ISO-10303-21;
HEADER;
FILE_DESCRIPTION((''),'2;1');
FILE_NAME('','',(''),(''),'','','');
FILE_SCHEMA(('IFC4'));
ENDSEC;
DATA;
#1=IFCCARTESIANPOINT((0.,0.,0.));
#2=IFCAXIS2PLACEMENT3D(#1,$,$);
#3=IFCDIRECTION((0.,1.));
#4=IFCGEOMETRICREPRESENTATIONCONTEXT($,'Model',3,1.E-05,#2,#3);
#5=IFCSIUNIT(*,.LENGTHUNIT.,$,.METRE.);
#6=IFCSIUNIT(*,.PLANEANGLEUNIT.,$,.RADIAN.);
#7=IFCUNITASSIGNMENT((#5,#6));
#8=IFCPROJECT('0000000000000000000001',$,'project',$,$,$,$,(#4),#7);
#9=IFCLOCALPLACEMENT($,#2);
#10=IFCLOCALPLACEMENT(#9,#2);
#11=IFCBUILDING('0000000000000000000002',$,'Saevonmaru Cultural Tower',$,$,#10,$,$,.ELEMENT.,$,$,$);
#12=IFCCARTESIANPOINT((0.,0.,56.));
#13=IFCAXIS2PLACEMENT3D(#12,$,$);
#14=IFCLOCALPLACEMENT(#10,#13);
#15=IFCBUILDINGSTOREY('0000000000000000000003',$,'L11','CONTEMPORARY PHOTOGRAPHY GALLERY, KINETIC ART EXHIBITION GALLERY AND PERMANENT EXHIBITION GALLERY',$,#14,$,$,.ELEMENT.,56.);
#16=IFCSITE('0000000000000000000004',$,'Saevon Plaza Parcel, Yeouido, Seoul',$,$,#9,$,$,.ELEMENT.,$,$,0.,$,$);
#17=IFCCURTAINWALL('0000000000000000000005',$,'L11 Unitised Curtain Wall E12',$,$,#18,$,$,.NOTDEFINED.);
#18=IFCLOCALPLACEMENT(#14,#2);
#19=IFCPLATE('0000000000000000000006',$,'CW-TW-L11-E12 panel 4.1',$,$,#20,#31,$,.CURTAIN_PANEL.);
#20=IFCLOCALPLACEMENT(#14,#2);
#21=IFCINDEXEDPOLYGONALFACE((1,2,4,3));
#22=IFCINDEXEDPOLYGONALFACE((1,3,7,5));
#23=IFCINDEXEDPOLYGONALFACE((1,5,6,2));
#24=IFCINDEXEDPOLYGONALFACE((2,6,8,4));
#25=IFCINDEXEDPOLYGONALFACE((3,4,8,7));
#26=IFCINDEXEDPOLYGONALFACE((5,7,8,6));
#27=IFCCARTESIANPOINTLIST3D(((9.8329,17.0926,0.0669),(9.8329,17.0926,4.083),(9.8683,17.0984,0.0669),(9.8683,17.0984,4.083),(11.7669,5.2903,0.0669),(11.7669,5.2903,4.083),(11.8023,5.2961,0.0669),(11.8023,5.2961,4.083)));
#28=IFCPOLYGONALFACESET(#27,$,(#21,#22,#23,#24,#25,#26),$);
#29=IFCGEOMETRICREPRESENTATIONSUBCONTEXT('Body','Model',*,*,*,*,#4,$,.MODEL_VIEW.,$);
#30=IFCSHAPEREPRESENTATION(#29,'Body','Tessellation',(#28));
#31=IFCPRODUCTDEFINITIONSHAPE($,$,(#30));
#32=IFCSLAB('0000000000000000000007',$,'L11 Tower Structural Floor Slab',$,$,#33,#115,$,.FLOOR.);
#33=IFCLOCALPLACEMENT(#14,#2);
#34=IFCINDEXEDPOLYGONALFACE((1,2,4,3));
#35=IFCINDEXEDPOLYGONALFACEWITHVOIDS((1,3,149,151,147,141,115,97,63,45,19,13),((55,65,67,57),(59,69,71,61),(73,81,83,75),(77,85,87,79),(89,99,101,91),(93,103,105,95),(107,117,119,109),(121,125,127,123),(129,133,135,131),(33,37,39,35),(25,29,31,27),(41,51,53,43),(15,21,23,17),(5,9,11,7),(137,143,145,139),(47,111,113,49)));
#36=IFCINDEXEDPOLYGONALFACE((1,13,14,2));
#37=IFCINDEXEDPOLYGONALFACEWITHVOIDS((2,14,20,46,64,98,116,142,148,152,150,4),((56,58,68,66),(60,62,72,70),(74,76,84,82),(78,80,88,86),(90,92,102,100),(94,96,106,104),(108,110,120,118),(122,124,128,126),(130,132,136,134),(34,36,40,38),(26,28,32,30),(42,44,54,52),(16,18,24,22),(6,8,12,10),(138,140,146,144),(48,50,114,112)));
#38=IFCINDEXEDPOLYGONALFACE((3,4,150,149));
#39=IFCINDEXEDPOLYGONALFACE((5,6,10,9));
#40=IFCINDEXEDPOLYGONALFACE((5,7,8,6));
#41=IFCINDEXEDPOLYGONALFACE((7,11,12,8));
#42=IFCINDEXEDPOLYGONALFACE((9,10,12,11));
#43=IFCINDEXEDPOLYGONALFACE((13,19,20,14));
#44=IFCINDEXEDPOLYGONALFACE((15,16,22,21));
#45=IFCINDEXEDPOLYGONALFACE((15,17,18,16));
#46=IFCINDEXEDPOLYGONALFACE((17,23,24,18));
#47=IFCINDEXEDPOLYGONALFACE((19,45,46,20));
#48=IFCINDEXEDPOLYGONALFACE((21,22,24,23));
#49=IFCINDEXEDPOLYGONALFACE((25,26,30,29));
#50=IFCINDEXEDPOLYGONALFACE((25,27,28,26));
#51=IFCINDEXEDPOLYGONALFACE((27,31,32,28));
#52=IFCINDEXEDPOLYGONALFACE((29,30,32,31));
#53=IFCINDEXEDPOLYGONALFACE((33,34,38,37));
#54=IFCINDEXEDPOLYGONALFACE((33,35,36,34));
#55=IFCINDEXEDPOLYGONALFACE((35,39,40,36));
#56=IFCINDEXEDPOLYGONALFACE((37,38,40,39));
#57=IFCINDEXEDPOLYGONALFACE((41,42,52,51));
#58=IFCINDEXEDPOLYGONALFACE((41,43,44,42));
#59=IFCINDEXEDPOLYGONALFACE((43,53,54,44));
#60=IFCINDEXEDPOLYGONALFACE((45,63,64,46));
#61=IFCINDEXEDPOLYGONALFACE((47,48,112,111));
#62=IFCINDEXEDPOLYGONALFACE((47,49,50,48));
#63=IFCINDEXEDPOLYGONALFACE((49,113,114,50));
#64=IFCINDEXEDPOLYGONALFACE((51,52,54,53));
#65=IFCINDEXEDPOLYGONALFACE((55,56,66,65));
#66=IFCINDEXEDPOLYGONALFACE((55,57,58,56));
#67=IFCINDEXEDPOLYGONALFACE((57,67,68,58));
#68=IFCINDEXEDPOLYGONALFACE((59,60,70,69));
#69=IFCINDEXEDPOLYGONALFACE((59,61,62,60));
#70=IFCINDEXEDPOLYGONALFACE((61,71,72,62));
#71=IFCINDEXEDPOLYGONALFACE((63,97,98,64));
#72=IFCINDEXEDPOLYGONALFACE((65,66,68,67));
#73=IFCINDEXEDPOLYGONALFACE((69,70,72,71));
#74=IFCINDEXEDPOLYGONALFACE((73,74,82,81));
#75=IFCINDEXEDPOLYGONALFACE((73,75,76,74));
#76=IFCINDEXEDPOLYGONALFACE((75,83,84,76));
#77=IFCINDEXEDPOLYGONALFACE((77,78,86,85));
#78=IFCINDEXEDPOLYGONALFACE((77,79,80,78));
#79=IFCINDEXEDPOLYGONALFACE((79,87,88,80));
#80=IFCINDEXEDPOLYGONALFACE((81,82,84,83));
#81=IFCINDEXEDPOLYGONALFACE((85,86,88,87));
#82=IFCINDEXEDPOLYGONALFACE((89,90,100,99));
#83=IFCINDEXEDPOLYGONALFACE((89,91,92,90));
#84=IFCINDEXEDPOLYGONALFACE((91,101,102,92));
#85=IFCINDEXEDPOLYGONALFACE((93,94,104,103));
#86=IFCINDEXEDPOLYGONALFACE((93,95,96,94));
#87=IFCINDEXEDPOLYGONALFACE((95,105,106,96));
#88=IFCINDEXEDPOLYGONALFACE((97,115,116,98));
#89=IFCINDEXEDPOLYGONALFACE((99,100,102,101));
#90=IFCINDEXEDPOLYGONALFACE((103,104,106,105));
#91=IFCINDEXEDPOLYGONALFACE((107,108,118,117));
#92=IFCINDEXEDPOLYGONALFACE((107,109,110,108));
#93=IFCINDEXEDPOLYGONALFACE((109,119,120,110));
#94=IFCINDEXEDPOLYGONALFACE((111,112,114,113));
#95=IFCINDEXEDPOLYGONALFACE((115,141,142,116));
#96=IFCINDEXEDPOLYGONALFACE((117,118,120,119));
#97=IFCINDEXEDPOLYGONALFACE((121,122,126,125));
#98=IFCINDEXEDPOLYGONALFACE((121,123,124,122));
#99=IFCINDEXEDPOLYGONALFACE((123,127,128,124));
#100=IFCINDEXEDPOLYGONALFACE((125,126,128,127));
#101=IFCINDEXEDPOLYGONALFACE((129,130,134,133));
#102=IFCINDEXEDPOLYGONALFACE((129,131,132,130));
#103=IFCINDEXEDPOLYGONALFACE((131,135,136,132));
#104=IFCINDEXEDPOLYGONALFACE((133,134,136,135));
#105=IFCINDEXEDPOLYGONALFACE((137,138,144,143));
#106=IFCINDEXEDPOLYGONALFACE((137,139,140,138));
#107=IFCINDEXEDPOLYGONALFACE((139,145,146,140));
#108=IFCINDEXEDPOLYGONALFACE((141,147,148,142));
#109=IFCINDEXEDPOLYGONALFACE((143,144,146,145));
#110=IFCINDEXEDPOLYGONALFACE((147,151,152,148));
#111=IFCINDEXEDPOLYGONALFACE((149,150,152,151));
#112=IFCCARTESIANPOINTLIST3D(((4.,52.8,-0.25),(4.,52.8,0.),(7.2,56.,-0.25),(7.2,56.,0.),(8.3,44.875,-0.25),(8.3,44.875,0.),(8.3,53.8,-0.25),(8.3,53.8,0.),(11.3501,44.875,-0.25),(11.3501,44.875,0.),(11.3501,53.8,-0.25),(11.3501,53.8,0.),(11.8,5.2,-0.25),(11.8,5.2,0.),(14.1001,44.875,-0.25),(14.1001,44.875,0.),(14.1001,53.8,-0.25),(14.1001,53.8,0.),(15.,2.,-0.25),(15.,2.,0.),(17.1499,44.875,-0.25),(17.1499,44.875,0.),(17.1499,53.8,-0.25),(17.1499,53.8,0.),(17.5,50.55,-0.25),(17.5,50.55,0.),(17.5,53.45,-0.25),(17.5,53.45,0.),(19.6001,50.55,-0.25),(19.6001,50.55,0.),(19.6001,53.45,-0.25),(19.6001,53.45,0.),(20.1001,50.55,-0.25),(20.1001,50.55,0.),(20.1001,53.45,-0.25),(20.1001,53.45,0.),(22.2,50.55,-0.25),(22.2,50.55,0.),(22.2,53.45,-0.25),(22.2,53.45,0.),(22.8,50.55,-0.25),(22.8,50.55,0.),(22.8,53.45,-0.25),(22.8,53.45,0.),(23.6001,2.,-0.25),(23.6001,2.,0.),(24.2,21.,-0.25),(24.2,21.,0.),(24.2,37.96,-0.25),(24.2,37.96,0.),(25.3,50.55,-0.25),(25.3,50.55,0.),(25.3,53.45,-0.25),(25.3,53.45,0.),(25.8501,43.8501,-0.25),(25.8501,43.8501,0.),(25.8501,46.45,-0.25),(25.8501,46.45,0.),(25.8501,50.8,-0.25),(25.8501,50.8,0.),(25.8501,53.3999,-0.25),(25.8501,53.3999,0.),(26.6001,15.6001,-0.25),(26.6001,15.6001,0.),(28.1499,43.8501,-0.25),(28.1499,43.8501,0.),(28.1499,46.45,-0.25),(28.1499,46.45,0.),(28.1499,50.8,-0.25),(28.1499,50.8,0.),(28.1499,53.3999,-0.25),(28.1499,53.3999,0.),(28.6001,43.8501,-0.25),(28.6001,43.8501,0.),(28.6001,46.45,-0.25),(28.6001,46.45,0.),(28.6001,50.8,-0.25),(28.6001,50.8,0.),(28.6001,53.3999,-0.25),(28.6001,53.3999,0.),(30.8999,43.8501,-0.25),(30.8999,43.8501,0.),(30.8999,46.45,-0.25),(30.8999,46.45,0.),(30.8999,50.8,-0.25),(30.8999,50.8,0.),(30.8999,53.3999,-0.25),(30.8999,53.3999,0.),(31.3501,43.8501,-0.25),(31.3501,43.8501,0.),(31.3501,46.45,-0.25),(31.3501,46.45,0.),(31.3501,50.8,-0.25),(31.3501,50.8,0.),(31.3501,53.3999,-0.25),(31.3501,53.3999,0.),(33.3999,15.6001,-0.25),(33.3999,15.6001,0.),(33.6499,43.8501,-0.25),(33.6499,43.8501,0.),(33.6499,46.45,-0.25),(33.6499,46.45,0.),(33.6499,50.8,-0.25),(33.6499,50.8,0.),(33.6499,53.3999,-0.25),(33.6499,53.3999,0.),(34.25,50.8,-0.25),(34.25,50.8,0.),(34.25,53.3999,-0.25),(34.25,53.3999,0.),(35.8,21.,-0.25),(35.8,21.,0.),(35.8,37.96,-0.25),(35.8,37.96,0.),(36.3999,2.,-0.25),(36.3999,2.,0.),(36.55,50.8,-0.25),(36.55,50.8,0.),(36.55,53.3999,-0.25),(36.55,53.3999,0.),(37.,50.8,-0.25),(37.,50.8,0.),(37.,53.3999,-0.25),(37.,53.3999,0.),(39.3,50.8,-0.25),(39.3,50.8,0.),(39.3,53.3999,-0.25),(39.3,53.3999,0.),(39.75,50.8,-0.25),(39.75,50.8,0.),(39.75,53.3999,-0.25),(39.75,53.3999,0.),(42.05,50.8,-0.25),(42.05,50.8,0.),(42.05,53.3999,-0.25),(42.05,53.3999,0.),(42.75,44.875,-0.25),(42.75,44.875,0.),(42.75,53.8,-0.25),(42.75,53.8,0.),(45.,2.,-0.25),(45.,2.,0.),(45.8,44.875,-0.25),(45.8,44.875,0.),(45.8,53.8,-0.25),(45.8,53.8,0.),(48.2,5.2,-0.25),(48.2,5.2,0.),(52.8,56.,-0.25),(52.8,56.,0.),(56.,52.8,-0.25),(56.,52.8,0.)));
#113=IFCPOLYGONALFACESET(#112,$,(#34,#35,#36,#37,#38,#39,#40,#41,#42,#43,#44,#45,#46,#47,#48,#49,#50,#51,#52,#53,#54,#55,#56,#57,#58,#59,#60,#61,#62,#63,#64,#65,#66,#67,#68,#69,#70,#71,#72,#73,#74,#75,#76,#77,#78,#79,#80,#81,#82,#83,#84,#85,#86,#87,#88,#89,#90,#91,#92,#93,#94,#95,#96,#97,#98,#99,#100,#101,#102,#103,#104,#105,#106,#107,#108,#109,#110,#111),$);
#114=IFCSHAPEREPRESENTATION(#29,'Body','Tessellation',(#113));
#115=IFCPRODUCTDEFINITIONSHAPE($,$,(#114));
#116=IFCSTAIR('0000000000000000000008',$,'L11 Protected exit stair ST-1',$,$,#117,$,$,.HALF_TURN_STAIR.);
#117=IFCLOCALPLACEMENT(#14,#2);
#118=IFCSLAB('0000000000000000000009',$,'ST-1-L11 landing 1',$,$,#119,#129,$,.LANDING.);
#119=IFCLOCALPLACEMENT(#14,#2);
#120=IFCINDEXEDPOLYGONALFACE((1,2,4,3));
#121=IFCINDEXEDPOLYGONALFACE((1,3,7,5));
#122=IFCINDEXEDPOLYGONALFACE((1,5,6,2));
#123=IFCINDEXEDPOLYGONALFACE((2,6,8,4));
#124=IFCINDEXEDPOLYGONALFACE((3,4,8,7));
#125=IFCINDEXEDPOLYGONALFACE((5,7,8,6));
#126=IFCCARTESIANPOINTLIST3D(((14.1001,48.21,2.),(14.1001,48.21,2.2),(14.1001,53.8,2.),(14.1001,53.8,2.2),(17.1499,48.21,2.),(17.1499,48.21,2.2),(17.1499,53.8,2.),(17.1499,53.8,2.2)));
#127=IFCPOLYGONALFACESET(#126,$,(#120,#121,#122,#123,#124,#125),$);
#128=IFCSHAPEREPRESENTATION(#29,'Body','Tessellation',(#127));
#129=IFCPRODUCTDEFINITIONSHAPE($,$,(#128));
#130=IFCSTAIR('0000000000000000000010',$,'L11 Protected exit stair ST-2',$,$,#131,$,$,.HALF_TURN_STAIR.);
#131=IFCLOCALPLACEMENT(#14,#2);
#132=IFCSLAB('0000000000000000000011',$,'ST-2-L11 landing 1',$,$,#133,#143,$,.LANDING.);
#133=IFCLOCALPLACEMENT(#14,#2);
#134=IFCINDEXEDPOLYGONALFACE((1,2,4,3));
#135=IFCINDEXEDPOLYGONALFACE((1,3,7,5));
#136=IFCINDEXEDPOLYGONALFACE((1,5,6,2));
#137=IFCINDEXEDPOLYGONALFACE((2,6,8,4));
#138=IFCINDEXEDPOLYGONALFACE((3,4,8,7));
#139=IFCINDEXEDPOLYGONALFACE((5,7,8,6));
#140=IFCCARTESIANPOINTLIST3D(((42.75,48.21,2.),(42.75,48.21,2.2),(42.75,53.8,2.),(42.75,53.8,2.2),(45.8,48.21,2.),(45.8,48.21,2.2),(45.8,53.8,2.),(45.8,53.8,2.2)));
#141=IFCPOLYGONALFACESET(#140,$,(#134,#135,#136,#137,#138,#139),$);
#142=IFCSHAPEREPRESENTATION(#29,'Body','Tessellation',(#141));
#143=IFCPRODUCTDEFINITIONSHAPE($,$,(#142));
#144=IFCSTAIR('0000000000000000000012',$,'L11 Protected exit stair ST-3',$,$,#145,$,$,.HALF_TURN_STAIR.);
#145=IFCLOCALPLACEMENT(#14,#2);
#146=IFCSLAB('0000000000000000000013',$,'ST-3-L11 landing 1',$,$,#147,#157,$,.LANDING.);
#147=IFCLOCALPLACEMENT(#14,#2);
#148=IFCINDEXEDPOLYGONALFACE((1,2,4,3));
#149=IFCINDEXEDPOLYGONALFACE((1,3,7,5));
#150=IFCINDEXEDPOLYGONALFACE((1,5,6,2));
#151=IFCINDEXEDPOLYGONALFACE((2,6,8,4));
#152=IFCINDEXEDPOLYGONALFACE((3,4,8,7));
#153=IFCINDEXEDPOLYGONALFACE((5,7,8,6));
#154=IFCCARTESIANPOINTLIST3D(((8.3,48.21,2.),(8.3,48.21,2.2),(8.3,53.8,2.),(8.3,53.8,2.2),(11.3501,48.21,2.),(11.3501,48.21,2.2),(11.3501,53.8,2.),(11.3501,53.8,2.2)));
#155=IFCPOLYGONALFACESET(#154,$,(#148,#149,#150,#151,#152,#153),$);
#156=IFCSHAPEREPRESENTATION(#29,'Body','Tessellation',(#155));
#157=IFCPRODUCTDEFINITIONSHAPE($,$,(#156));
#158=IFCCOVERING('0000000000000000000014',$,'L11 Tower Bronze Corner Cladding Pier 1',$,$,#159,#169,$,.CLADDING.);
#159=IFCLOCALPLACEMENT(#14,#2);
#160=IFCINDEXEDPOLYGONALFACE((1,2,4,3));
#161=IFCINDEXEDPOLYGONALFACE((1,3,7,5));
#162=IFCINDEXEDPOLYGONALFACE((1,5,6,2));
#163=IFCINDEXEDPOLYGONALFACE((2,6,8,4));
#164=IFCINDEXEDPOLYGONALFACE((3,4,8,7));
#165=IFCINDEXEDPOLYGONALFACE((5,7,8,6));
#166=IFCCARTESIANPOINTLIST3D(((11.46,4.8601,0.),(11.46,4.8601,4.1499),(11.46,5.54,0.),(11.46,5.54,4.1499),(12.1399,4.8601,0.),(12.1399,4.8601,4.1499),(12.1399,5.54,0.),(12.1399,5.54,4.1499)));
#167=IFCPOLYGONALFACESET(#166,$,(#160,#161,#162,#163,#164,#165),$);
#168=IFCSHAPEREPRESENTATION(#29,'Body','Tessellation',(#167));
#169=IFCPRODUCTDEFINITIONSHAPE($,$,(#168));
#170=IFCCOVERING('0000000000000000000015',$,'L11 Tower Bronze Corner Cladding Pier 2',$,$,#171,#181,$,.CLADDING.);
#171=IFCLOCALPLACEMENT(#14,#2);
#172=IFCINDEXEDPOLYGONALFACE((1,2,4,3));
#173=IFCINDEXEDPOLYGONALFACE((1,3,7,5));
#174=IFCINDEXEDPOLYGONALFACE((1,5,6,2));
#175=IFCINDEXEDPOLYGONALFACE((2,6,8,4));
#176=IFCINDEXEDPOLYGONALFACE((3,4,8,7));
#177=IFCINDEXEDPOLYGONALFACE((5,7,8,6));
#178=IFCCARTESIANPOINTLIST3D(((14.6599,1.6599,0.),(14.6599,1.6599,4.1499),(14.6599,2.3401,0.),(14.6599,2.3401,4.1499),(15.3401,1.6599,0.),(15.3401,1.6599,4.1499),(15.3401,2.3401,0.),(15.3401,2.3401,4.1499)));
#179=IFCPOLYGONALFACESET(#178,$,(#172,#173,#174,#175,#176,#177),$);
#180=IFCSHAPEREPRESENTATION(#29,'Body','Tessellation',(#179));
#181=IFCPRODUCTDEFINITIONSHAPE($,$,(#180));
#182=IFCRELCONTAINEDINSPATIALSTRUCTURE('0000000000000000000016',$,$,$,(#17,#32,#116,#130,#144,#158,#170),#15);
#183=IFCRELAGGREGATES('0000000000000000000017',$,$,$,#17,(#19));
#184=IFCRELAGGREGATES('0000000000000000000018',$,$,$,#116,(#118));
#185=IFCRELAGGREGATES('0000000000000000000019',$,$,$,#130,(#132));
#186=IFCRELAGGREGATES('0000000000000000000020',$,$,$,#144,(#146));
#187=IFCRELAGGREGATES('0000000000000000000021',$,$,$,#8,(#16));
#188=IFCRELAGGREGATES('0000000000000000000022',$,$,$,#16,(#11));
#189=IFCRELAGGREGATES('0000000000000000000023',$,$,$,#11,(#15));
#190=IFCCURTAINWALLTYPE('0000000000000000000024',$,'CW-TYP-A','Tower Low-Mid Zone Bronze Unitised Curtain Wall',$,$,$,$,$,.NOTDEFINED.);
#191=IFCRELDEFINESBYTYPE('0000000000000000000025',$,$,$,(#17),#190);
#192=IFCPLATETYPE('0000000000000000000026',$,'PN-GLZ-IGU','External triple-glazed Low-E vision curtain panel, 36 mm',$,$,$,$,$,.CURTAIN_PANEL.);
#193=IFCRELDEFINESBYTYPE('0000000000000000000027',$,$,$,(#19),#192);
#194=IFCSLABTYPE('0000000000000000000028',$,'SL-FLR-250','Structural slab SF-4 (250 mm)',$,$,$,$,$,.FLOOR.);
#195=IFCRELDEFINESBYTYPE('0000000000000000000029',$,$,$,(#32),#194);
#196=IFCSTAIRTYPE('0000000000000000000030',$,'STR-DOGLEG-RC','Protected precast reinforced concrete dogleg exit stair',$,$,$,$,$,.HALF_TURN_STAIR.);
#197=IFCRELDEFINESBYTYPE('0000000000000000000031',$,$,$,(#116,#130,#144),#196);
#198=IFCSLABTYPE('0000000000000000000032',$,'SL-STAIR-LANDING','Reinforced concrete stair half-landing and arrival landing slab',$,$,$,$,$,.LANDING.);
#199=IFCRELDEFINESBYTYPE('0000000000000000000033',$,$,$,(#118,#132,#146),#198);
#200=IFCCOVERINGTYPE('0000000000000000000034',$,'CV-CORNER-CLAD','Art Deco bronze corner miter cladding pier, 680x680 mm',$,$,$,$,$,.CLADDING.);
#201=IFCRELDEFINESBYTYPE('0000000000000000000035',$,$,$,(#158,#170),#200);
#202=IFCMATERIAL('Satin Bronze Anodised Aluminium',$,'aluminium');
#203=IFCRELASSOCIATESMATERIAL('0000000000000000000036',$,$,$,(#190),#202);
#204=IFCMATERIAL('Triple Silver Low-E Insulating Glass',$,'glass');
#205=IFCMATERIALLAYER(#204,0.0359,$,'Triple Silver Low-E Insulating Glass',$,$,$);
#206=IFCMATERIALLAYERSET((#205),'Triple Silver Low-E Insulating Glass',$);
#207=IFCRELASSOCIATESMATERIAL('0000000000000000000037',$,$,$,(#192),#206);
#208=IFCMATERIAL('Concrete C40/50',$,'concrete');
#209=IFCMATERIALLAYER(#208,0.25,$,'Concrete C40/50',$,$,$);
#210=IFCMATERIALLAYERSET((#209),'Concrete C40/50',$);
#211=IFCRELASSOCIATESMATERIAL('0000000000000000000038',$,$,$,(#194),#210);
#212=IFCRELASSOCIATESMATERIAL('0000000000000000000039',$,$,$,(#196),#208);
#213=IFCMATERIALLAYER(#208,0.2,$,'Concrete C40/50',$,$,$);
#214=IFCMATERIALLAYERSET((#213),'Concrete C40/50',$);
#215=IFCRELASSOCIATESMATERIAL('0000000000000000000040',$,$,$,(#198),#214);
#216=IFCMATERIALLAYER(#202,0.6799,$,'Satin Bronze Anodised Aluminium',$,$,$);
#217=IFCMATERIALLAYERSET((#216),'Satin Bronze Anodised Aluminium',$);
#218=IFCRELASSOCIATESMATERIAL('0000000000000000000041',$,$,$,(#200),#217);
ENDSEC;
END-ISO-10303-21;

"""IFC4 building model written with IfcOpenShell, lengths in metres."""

from ifc_helpers import new_model, si_unit, direction, frame, origin, origin_2d, place, context, subcontext, project, spatial, polyline, rectangle, outline, extrude, material, layer, layer_set, type_object, element, aggregate, save


model = new_model("IFC4")

# Units and contexts
model_context = context("Model", 3, precision=1e-05, world=origin(), true_north=direction((0.0, 1.0)))
body_context = subcontext(model_context, "Body", "Model", "MODEL_VIEW")
ifc_project = project(units=[si_unit("LENGTHUNIT", "METRE"), si_unit("PLANEANGLEUNIT", "RADIAN")], contexts=[model_context])

# Site, building, storey
site_placement = place(None, origin())
site = spatial("IfcSite", under=ifc_project, at=site_placement, Name="Saevon Plaza Parcel, Yeouido, Seoul", CompositionType="ELEMENT", RefElevation=0.0)
building_placement = place(site_placement, origin())
building = spatial("IfcBuilding", under=site, at=building_placement, Name="Saevonmaru Cultural Tower", CompositionType="ELEMENT")
storey_placement = place(building_placement, frame((0.0, 0.0, 56.0)))
storey = spatial("IfcBuildingStorey", under=building, at=storey_placement, Name="L11", Description="CONTEMPORARY PHOTOGRAPHY GALLERY, KINETIC ART EXHIBITION GALLERY AND PERMANENT EXHIBITION GALLERY", CompositionType="ELEMENT", Elevation=56.0)

# Curtain wall, plate
ifc_material_1 = material(Name="Satin Bronze Anodised Aluminium", Category="aluminium")
curtain_wall_type = type_object("IfcCurtainWallType", Name="CW-TYP-A", Description="Tower Low-Mid Zone Bronze Unitised Curtain Wall", PredefinedType="NOTDEFINED", material=ifc_material_1)
curtain_wall_placement = place(storey_placement, origin())
curtain_wall = element("IfcCurtainWall", 1, at=curtain_wall_placement, inside=storey, type_object=curtain_wall_type, Name="L11 Unitised Curtain Wall E12", PredefinedType="NOTDEFINED")
ifc_material_2 = material(Name="Triple Silver Low-E Insulating Glass", Category="glass")
ifc_layer_1 = layer(ifc_material_2, 0.0359, Name="Triple Silver Low-E Insulating Glass")
ifc_layer_set_1 = layer_set([ifc_layer_1], Name="Triple Silver Low-E Insulating Glass")
plate_type = type_object("IfcPlateType", Name="PN-GLZ-IGU", Description="External triple-glazed Low-E vision curtain panel, 36 mm", PredefinedType="CURTAIN_PANEL", material=ifc_layer_set_1)
plate_placement = place(storey_placement, frame((10.8176, 11.1943, 0.0669), z_axis=(0.0, 0.0, 1.0), x_axis=(0.161709, -0.986839, 0.0)))
plate = element("IfcPlate", 2, at=plate_placement, type_object=plate_type, Name="CW-TW-L11-E12 panel 4.1", PredefinedType="CURTAIN_PANEL", context=body_context, shape_type="SweptSolid", body=[
    extrude(rectangle(XDim=11.9597, YDim=0.0359, at=origin_2d()), origin(), (0.0, 0.0, 1.0), 4.0161),
])
aggregate(curtain_wall, [plate])

# Slab
ifc_material_3 = material(Name="Concrete C40/50", Category="concrete")
ifc_layer_2 = layer(ifc_material_3, 0.25, Name="Concrete C40/50")
ifc_layer_set_2 = layer_set([ifc_layer_2], Name="Concrete C40/50")
slab_type_1 = type_object("IfcSlabType", Name="SL-FLR-250", Description="Structural slab SF-4 (250 mm)", PredefinedType="FLOOR", material=ifc_layer_set_2)
slab_1_placement = place(storey_placement, frame((0.0, 0.0, -0.25)))
element("IfcSlab", 3, at=slab_1_placement, inside=storey, type_object=slab_type_1, Name="L11 Tower Structural Floor Slab", PredefinedType="FLOOR", context=body_context, shape_type="SweptSolid", body=[
    extrude(outline(polyline([(11.8, 5.2), (15.0, 2.0), (23.6001, 2.0), (26.6001, 15.6001), (33.3999, 15.6001), (36.3999, 2.0), (45.0, 2.0), (48.2, 5.2), (56.0, 52.8), (52.8, 56.0), (7.2, 56.0), (4.0, 52.8), (11.8, 5.2)]), holes=[polyline([(45.8, 44.875), (42.75, 44.875), (42.75, 53.8), (45.8, 53.8), (45.8, 44.875)]), polyline([(39.75, 50.8), (39.75, 53.3999), (42.05, 53.3999), (42.05, 50.8), (39.75, 50.8)]), polyline([(37.0, 50.8), (37.0, 53.3999), (39.3, 53.3999), (39.3, 50.8), (37.0, 50.8)]), polyline([(34.25, 50.8), (34.25, 53.3999), (36.55, 53.3999), (36.55, 50.8), (34.25, 50.8)]), polyline([(24.2, 21.0), (24.2, 37.96), (35.8, 37.96), (35.8, 21.0), (24.2, 21.0)]), polyline([(31.3501, 50.8), (31.3501, 53.3999), (33.6499, 53.3999), (33.6499, 50.8), (31.3501, 50.8)]), polyline([(31.3501, 43.8501), (31.3501, 46.45), (33.6499, 46.45), (33.6499, 43.8501), (31.3501, 43.8501)]), polyline([(28.6001, 43.8501), (28.6001, 46.45), (30.8999, 46.45), (30.8999, 43.8501), (28.6001, 43.8501)]), polyline([(28.6001, 50.8), (28.6001, 53.3999), (30.8999, 53.3999), (30.8999, 50.8), (28.6001, 50.8)]), polyline([(25.8501, 50.8), (25.8501, 53.3999), (28.1499, 53.3999), (28.1499, 50.8), (25.8501, 50.8)]), polyline([(25.8501, 43.8501), (25.8501, 46.45), (28.1499, 46.45), (28.1499, 43.8501), (25.8501, 43.8501)]), polyline([(22.8, 50.55), (22.8, 53.45), (25.3, 53.45), (25.3, 50.55), (22.8, 50.55)]), polyline([(20.1001, 50.55), (20.1001, 53.45), (22.2, 53.45), (22.2, 50.55), (20.1001, 50.55)]), polyline([(17.5, 50.55), (17.5, 53.45), (19.6001, 53.45), (19.6001, 50.55), (17.5, 50.55)]), polyline([(17.1499, 44.875), (14.1001, 44.875), (14.1001, 53.8), (17.1499, 53.8), (17.1499, 44.875)]), polyline([(11.3501, 44.875), (8.3, 44.875), (8.3, 53.8), (11.3501, 53.8), (11.3501, 44.875)])]), origin(), (0.0, 0.0, 1.0), 0.25),
])

# Stairs, slabs
stair_type = type_object("IfcStairType", Name="STR-DOGLEG-RC", Description="Protected precast reinforced concrete dogleg exit stair", PredefinedType="HALF_TURN_STAIR", material=ifc_material_3)
stair_1_placement = place(storey_placement, origin())
stair_1 = element("IfcStair", 4, at=stair_1_placement, inside=storey, type_object=stair_type, Name="L11 Protected exit stair ST-1", PredefinedType="HALF_TURN_STAIR")
ifc_layer_3 = layer(ifc_material_3, 0.2, Name="Concrete C40/50")
ifc_layer_set_3 = layer_set([ifc_layer_3], Name="Concrete C40/50")
slab_type_2 = type_object("IfcSlabType", Name="SL-STAIR-LANDING", Description="Reinforced concrete stair half-landing and arrival landing slab", PredefinedType="LANDING", material=ifc_layer_set_3)
slab_2_placement = place(storey_placement, frame((0.0, 0.0, 2.0)))
slab_2 = element("IfcSlab", 5, at=slab_2_placement, type_object=slab_type_2, Name="ST-1-L11 landing 1", PredefinedType="LANDING", context=body_context, shape_type="SweptSolid", body=[
    extrude(outline(polyline([(17.1499, 48.21), (17.1499, 53.8), (14.1001, 53.8), (14.1001, 48.21), (17.1499, 48.21)])), origin(), (0.0, 0.0, 1.0), 0.2),
])
aggregate(stair_1, [slab_2])
stair_2_placement = place(storey_placement, origin())
stair_2 = element("IfcStair", 6, at=stair_2_placement, inside=storey, type_object=stair_type, Name="L11 Protected exit stair ST-2", PredefinedType="HALF_TURN_STAIR")
slab_3_placement = place(storey_placement, frame((0.0, 0.0, 2.0)))
slab_3 = element("IfcSlab", 7, at=slab_3_placement, type_object=slab_type_2, Name="ST-2-L11 landing 1", PredefinedType="LANDING", context=body_context, shape_type="SweptSolid", body=[
    extrude(outline(polyline([(45.8, 48.21), (45.8, 53.8), (42.75, 53.8), (42.75, 48.21), (45.8, 48.21)])), origin(), (0.0, 0.0, 1.0), 0.2),
])
aggregate(stair_2, [slab_3])
stair_3_placement = place(storey_placement, origin())
stair_3 = element("IfcStair", 8, at=stair_3_placement, inside=storey, type_object=stair_type, Name="L11 Protected exit stair ST-3", PredefinedType="HALF_TURN_STAIR")
slab_4_placement = place(storey_placement, frame((0.0, 0.0, 2.0)))
slab_4 = element("IfcSlab", 9, at=slab_4_placement, type_object=slab_type_2, Name="ST-3-L11 landing 1", PredefinedType="LANDING", context=body_context, shape_type="SweptSolid", body=[
    extrude(outline(polyline([(11.3501, 48.21), (11.3501, 53.8), (8.3, 53.8), (8.3, 48.21), (11.3501, 48.21)])), origin(), (0.0, 0.0, 1.0), 0.2),
])
aggregate(stair_3, [slab_4])

# Coverings
ifc_layer_4 = layer(ifc_material_1, 0.6799, Name="Satin Bronze Anodised Aluminium")
ifc_layer_set_4 = layer_set([ifc_layer_4], Name="Satin Bronze Anodised Aluminium")
covering_type = type_object("IfcCoveringType", Name="CV-CORNER-CLAD", Description="Art Deco bronze corner miter cladding pier, 680x680 mm", PredefinedType="CLADDING", material=ifc_layer_set_4)
covering_1_placement = place(storey_placement, origin())
element("IfcCovering", 10, at=covering_1_placement, inside=storey, type_object=covering_type, Name="L11 Tower Bronze Corner Cladding Pier 1", PredefinedType="CLADDING", context=body_context, shape_type="SweptSolid", body=[
    extrude(outline(polyline([(11.46, 4.8601), (12.1399, 4.8601), (12.1399, 5.54), (11.46, 5.54), (11.46, 4.8601)])), origin(), (0.0, 0.0, 1.0), 4.1499),
])
covering_2_placement = place(storey_placement, origin())
element("IfcCovering", 11, at=covering_2_placement, inside=storey, type_object=covering_type, Name="L11 Tower Bronze Corner Cladding Pier 2", PredefinedType="CLADDING", context=body_context, shape_type="SweptSolid", body=[
    extrude(outline(polyline([(14.6599, 1.6599), (15.3401, 1.6599), (15.3401, 2.3401), (14.6599, 2.3401), (14.6599, 1.6599)])), origin(), (0.0, 0.0, 1.0), 4.1499),
])

save(model, "model.ifc")
